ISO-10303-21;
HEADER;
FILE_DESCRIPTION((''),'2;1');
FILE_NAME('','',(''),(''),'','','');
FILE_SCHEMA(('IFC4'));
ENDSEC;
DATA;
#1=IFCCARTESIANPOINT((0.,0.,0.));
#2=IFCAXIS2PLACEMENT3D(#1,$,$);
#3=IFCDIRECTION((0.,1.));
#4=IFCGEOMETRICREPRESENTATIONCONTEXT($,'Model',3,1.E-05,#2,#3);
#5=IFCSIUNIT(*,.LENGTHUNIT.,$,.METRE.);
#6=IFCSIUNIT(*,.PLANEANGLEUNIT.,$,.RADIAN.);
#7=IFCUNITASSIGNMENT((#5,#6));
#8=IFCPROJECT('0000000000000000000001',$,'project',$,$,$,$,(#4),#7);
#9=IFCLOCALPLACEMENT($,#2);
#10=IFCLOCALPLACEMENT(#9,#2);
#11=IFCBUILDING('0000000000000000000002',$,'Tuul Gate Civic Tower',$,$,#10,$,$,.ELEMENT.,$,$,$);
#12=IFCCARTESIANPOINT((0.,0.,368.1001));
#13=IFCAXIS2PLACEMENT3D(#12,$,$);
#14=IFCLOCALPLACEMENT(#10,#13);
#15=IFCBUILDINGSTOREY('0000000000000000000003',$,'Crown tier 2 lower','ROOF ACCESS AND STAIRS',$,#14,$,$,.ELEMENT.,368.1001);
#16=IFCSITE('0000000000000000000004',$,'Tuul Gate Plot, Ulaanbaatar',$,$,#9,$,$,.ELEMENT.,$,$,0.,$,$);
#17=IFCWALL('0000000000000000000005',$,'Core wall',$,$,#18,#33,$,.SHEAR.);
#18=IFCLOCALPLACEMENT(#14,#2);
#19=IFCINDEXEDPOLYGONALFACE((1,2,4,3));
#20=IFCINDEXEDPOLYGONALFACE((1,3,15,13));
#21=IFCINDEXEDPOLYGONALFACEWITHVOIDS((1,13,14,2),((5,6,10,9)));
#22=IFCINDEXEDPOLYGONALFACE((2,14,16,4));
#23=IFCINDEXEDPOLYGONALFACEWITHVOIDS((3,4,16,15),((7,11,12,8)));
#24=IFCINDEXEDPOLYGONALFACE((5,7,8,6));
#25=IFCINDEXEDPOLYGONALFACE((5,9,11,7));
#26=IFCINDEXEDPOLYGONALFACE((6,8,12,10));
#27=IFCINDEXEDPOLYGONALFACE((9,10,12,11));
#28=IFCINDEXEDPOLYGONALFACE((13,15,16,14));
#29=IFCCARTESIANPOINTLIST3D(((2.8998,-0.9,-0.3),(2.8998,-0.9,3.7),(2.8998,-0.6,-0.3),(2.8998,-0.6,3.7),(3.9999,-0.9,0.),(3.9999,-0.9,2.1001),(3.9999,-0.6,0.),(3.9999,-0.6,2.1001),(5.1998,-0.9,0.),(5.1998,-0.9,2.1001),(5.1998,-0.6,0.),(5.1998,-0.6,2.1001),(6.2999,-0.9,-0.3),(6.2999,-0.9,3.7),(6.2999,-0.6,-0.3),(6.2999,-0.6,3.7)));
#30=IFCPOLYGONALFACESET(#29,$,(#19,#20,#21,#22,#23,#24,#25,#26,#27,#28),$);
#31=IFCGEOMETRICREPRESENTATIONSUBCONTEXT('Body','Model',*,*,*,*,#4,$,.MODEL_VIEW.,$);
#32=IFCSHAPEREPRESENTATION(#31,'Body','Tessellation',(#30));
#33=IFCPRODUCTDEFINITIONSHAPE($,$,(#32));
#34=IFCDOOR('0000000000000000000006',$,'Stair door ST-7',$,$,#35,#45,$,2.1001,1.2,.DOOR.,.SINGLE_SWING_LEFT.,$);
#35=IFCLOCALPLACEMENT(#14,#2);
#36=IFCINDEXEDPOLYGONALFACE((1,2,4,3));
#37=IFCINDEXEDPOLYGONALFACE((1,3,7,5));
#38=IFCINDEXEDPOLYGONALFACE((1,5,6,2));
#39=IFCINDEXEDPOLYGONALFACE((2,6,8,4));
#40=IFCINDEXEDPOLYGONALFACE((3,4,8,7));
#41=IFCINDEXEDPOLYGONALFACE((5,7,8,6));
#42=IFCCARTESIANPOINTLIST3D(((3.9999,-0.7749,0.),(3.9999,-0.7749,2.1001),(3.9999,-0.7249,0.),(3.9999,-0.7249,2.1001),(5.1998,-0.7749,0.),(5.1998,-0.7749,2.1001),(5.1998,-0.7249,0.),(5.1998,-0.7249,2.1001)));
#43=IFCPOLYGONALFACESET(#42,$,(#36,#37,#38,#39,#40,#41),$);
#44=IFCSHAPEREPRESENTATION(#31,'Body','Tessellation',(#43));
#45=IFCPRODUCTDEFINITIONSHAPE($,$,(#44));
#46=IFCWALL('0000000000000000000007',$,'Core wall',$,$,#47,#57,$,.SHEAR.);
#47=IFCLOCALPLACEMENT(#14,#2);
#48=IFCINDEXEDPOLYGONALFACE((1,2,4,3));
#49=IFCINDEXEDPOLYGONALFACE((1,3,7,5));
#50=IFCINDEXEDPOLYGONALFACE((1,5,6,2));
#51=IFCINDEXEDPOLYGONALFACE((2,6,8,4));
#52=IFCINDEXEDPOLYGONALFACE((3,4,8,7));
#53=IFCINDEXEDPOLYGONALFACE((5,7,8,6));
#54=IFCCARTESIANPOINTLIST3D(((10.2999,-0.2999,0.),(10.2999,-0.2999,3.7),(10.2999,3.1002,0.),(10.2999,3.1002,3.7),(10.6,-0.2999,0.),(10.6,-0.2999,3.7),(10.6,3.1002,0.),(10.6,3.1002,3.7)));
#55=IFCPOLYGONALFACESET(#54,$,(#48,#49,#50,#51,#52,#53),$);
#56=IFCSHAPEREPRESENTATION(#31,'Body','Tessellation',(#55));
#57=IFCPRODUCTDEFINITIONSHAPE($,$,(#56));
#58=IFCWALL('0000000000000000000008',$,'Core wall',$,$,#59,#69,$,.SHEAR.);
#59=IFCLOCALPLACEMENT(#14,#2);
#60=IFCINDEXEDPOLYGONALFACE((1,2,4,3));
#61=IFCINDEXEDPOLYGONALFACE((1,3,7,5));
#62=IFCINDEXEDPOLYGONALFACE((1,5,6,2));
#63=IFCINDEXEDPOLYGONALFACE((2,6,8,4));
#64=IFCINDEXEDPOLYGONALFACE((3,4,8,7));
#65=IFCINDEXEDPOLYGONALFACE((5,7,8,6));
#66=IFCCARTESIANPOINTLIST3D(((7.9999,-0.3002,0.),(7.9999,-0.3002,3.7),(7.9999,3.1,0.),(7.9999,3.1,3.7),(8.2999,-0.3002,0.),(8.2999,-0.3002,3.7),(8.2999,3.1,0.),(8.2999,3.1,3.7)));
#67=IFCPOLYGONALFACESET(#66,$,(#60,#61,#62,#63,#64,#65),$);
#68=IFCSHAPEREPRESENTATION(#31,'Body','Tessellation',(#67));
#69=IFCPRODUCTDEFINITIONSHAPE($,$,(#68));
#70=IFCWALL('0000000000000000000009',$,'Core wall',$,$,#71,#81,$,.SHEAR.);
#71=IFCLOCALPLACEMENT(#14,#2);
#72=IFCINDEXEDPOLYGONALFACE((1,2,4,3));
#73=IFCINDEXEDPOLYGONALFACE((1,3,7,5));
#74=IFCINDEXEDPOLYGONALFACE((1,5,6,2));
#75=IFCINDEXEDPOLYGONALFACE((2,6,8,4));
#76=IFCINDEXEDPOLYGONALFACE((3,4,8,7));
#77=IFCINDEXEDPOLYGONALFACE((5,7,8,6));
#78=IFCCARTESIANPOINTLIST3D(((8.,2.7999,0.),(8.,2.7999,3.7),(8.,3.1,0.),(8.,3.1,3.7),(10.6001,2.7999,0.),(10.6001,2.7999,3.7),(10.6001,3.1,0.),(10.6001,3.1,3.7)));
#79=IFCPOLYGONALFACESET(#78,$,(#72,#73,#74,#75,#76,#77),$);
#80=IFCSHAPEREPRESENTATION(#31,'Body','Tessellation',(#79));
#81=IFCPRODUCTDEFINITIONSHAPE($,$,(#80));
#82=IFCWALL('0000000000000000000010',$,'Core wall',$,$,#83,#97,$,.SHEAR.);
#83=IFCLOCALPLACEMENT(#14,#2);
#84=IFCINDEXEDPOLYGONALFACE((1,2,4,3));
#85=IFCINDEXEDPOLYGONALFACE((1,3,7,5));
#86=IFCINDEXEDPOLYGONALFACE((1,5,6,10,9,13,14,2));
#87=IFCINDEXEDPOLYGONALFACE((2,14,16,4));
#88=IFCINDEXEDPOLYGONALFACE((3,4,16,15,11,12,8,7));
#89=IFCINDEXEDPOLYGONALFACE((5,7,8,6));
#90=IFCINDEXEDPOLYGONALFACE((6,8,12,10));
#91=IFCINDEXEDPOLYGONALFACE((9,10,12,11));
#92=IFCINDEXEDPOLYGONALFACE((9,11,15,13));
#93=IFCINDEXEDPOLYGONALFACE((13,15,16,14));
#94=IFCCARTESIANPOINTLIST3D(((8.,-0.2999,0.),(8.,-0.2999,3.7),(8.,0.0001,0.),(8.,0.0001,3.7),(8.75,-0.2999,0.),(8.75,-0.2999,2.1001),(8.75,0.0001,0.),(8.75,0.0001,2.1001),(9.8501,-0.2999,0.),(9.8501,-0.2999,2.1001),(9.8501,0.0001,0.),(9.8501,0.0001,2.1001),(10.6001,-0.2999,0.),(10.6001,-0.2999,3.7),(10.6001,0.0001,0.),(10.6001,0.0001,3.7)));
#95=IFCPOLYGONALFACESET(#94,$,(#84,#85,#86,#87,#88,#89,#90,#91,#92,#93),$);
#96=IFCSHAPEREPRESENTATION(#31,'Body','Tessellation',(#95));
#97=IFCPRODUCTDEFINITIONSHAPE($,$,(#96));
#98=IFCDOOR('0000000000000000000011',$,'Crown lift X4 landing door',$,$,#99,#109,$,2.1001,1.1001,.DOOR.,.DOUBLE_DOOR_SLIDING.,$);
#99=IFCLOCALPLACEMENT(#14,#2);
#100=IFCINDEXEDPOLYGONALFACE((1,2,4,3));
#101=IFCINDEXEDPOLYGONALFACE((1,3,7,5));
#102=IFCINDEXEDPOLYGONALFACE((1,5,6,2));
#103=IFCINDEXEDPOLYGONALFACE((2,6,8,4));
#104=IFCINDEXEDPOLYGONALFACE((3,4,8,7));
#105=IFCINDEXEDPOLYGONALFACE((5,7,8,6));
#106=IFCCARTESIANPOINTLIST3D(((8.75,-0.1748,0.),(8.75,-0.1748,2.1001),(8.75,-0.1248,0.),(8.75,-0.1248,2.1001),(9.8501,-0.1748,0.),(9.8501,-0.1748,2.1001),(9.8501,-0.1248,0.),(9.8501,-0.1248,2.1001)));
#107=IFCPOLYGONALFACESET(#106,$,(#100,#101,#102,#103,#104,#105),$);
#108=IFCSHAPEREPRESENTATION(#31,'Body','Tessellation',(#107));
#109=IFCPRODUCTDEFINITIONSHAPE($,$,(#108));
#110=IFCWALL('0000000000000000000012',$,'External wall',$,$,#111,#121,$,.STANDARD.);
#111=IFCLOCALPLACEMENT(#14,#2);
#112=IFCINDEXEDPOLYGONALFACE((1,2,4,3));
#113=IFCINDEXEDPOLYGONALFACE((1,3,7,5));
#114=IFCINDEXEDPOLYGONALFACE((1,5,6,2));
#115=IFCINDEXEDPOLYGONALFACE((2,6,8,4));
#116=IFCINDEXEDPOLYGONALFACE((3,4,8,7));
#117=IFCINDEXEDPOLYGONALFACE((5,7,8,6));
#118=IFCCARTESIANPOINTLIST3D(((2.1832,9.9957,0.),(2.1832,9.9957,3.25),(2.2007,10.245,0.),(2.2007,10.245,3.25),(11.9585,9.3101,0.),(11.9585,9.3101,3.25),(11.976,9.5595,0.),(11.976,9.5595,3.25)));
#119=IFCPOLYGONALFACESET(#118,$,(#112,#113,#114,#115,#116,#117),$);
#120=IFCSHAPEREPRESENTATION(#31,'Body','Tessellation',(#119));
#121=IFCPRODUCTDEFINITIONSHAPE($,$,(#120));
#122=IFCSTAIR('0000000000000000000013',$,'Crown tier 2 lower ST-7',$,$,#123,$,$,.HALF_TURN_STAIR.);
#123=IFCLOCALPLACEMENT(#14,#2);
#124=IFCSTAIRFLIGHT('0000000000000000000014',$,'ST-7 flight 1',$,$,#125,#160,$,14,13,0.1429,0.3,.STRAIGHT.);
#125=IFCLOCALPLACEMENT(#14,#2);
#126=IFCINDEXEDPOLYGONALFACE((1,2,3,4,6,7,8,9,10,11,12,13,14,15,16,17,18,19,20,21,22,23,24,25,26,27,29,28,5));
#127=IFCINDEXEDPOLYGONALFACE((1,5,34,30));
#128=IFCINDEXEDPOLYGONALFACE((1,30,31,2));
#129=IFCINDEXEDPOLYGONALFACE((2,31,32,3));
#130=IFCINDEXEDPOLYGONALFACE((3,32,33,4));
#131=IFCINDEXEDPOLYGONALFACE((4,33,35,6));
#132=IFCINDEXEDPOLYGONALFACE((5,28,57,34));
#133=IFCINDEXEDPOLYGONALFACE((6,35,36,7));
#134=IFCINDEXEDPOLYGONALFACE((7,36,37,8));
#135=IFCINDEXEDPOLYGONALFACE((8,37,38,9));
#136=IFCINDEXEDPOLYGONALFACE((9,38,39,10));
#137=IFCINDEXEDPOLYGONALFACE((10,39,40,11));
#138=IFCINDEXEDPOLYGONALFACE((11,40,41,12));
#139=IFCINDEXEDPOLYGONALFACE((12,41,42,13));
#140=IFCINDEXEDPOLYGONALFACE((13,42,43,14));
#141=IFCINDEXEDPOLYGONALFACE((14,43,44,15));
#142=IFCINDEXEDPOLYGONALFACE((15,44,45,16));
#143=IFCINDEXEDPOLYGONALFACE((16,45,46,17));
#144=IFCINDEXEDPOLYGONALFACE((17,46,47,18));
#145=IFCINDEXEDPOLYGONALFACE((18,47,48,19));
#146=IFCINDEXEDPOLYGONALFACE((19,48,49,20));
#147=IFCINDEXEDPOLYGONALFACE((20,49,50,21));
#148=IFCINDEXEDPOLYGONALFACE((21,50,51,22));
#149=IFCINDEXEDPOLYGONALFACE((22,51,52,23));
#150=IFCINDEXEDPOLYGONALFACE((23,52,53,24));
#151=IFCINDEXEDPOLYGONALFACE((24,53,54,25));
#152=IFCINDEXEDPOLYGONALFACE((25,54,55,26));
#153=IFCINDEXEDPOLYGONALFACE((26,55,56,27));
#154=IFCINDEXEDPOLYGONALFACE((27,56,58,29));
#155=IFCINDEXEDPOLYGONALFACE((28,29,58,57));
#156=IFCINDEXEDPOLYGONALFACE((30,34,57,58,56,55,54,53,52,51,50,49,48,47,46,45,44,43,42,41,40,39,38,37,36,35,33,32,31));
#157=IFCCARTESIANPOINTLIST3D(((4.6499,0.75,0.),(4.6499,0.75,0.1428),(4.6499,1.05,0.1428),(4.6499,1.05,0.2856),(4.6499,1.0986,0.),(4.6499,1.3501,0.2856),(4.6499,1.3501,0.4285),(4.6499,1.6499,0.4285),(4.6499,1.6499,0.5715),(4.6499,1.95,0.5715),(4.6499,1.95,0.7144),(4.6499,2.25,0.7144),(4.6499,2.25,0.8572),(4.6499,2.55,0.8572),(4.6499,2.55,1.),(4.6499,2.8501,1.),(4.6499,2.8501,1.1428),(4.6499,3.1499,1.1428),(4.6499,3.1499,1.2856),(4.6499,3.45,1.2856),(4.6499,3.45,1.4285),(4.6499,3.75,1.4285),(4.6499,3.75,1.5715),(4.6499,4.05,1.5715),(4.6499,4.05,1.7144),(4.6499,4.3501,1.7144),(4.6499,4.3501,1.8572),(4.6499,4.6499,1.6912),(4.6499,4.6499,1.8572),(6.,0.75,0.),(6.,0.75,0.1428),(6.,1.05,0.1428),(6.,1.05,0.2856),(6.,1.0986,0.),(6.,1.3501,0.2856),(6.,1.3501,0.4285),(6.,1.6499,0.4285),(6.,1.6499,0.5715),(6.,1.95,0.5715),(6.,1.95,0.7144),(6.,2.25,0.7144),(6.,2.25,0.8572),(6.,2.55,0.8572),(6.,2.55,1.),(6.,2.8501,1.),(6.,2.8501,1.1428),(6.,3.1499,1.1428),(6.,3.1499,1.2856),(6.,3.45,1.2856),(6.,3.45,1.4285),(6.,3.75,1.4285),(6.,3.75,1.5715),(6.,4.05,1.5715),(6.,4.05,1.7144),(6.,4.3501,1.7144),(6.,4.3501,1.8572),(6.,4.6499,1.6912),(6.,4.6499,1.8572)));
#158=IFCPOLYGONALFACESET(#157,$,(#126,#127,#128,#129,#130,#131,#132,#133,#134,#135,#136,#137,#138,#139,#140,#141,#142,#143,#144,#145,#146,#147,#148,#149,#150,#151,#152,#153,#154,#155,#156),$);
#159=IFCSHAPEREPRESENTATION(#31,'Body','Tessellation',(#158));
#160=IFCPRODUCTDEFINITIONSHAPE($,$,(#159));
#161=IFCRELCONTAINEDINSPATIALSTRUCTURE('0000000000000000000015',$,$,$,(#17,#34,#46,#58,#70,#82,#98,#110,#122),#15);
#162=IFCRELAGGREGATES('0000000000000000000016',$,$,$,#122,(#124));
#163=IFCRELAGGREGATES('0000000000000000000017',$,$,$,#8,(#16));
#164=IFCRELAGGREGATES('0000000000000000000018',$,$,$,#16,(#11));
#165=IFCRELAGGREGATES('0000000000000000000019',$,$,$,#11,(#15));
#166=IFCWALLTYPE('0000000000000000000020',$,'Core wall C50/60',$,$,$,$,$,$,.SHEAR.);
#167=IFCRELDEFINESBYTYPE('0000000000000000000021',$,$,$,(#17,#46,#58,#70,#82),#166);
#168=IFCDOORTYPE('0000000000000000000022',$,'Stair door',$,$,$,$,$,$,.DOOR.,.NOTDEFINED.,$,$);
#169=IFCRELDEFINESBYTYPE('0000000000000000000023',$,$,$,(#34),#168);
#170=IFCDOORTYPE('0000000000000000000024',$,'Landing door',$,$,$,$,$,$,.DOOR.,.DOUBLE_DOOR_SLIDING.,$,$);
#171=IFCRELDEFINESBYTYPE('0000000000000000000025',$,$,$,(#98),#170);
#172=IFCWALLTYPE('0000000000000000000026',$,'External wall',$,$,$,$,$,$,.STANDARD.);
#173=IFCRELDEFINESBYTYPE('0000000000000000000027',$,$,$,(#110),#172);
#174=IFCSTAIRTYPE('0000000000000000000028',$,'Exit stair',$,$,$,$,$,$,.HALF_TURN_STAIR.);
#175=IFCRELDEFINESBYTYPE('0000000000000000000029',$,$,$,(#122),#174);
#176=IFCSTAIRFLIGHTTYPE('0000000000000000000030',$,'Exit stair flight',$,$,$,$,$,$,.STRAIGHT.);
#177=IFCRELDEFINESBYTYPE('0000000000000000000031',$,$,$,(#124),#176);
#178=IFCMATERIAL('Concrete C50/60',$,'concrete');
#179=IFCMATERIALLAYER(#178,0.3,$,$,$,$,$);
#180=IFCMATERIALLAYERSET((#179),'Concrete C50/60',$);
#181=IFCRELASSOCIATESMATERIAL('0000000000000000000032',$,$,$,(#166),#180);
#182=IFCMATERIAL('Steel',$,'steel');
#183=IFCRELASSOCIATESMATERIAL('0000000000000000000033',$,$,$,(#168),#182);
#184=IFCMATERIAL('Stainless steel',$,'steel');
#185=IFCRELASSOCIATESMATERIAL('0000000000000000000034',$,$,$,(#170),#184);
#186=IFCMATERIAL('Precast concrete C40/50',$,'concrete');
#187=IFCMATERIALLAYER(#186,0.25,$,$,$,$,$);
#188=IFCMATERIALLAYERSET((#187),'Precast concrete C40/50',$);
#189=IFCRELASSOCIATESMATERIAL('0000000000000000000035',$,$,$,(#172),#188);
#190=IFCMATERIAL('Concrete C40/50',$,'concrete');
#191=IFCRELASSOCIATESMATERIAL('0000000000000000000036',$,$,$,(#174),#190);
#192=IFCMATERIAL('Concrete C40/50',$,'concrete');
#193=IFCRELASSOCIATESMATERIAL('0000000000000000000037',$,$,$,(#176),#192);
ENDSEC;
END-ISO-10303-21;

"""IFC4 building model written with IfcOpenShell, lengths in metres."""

from ifc_helpers import new_model, si_unit, direction, frame, frame_2d, origin, place, context, subcontext, project, spatial, polyline, rectangle, outline, extrude, material, layer, layer_set, type_object, element, fill, aggregate, save


model = new_model("IFC4")

# Units and contexts
model_context = context("Model", 3, precision=1e-05, world=origin(), true_north=direction((0.0, 1.0)))
body_context = subcontext(model_context, "Body", "Model", "MODEL_VIEW")
ifc_project = project(units=[si_unit("LENGTHUNIT", "METRE"), si_unit("PLANEANGLEUNIT", "RADIAN")], contexts=[model_context])

# Site, building, storey
site_placement = place(None, origin())
site = spatial("IfcSite", under=ifc_project, at=site_placement, Name="Tuul Gate Plot, Ulaanbaatar", CompositionType="ELEMENT", RefElevation=0.0)
building_placement = place(site_placement, origin())
building = spatial("IfcBuilding", under=site, at=building_placement, Name="Tuul Gate Civic Tower", CompositionType="ELEMENT")
storey_placement = place(building_placement, frame((0.0, 0.0, 368.1001)))
storey = spatial("IfcBuildingStorey", under=building, at=storey_placement, Name="Crown tier 2 lower", Description="ROOF ACCESS AND STAIRS", CompositionType="ELEMENT", Elevation=368.1001)

# Shared definitions
ifc_material_1 = material(Name="Concrete C50/60", Category="concrete")
ifc_layer_1 = layer(ifc_material_1, 0.3)
ifc_layer_set_1 = layer_set([ifc_layer_1], Name="Concrete C50/60")
wall_type_1 = type_object("IfcWallType", Name="Core wall C50/60", PredefinedType="SHEAR", material=ifc_layer_set_1)

# Wall, opening, door
wall_1_placement = place(storey_placement, frame((6.3, -0.75, -0.3), z_axis=(0.0, 0.0, 1.0), x_axis=(-1.0, 0.0, 0.0)))
wall_1 = element("IfcWall", 1, at=wall_1_placement, inside=storey, type_object=wall_type_1, Name="Core wall", PredefinedType="SHEAR", context=body_context, shape_type="SweptSolid", body=[
    extrude(rectangle(XDim=3.4001, YDim=0.3, at=frame_2d((1.7002, 0.0))), origin(), (0.0, 0.0, 1.0), 4.0),
])
opening_1_placement = place(wall_1_placement, frame((1.1001, 0.0, 0.3)))
opening_1 = element("IfcOpeningElement", 2, at=opening_1_placement, cuts=wall_1, PredefinedType="OPENING", context=body_context, shape_type="SweptSolid", body=[
    extrude(rectangle(XDim=1.2, YDim=2.1001, at=frame_2d((0.6001, 1.05))), frame((0.0, 0.1602, 0.0), z_axis=(0.0, -1.0, 0.0), x_axis=(1.0, 0.0, 0.0)), (0.0, 0.0, 1.0), 0.3201),
])
ifc_material_2 = material(Name="Steel", Category="steel")
door_type_1 = type_object("IfcDoorType", Name="Stair door", OperationType="NOTDEFINED", PredefinedType="DOOR", material=ifc_material_2)
door_1_placement = place(opening_1_placement, origin())
door_1 = element("IfcDoor", 3, at=door_1_placement, inside=storey, type_object=door_type_1, Name="Stair door ST-7", OperationType="SINGLE_SWING_LEFT", OverallHeight=2.1001, OverallWidth=1.2, PredefinedType="DOOR", context=body_context, shape_type="SweptSolid", body=[
    extrude(rectangle(XDim=1.2, YDim=2.1001, at=frame_2d((0.6001, 1.05))), frame((0.0, 0.0249, 0.0), z_axis=(0.0, -1.0, 0.0), x_axis=(1.0, 0.0, 0.0)), (0.0, 0.0, 1.0), 0.05),
])
fill(opening_1, door_1)

# Walls
for number, where, z_axis, x_axis, name in (
    (4, (10.45, -0.3, 0.0), (0.0, 0.0, 1.0), (0.0, 1.0, 0.0), "Core wall"),
    (5, (8.1499, 3.1001, 0.0), (0.0, 0.0, 1.0), (0.0, -1.0, 0.0), "Core wall"),
):
    element("IfcWall", number, at=place(storey_placement, frame(where, z_axis=z_axis, x_axis=x_axis)), inside=storey, type_object=wall_type_1, Name=name, PredefinedType="SHEAR", context=body_context, shape_type="SweptSolid", body=[
        extrude(rectangle(XDim=3.4001, YDim=0.3, at=frame_2d((1.7002, 0.0))), origin(), (0.0, 0.0, 1.0), 3.7),
    ])
wall_2_placement = place(storey_placement, frame((10.6001, 2.95, 0.0), z_axis=(0.0, 0.0, 1.0), x_axis=(-1.0, 0.0, 0.0)))
element("IfcWall", 6, at=wall_2_placement, inside=storey, type_object=wall_type_1, Name="Core wall", PredefinedType="SHEAR", context=body_context, shape_type="SweptSolid", body=[
    extrude(rectangle(XDim=2.6001, YDim=0.3, at=frame_2d((1.3, 0.0))), origin(), (0.0, 0.0, 1.0), 3.7),
])

# Wall, opening, door
wall_3_placement = place(storey_placement, frame((10.6001, -0.1499, 0.0), z_axis=(0.0, 0.0, 1.0), x_axis=(-1.0, 0.0, 0.0)))
wall_3 = element("IfcWall", 7, at=wall_3_placement, inside=storey, type_object=wall_type_1, Name="Core wall", PredefinedType="SHEAR", context=body_context, shape_type="SweptSolid", body=[
    extrude(rectangle(XDim=2.6001, YDim=0.3, at=frame_2d((1.3, 0.0))), origin(), (0.0, 0.0, 1.0), 3.7),
])
opening_2_placement = place(wall_3_placement, frame((0.75, 0.0, 0.0)))
opening_2 = element("IfcOpeningElement", 8, at=opening_2_placement, cuts=wall_3, PredefinedType="OPENING", context=body_context, shape_type="SweptSolid", body=[
    extrude(rectangle(XDim=1.1001, YDim=2.1001, at=frame_2d((0.55, 1.05))), frame((0.0, 0.1602, 0.0), z_axis=(0.0, -1.0, 0.0), x_axis=(1.0, 0.0, 0.0)), (0.0, 0.0, 1.0), 0.3201),
])
ifc_material_3 = material(Name="Stainless steel", Category="steel")
door_type_2 = type_object("IfcDoorType", Name="Landing door", OperationType="DOUBLE_DOOR_SLIDING", PredefinedType="DOOR", material=ifc_material_3)
door_2_placement = place(opening_2_placement, origin())
door_2 = element("IfcDoor", 9, at=door_2_placement, inside=storey, type_object=door_type_2, Name="Crown lift X4 landing door", OperationType="DOUBLE_DOOR_SLIDING", OverallHeight=2.1001, OverallWidth=1.1001, PredefinedType="DOOR", context=body_context, shape_type="SweptSolid", body=[
    extrude(rectangle(XDim=1.1001, YDim=2.1001, at=frame_2d((0.55, 1.05))), frame((0.0, 0.0249, 0.0), z_axis=(0.0, -1.0, 0.0), x_axis=(1.0, 0.0, 0.0)), (0.0, 0.0, 1.0), 0.05),
])
fill(opening_2, door_2)

# Wall
ifc_material_4 = material(Name="Precast concrete C40/50", Category="concrete")
ifc_layer_2 = layer(ifc_material_4, 0.25)
ifc_layer_set_2 = layer_set([ifc_layer_2], Name="Precast concrete C40/50")
wall_type_2 = type_object("IfcWallType", Name="External wall", PredefinedType="STANDARD", material=ifc_layer_set_2)
wall_4_placement = place(storey_placement, frame((11.9673, 9.4348, 0.0), z_axis=(0.0, 0.0, 1.0), x_axis=(-0.99755, 0.069958, 0.0)))
element("IfcWall", 10, at=wall_4_placement, inside=storey, type_object=wall_type_2, Name="External wall", PredefinedType="STANDARD", context=body_context, shape_type="SweptSolid", body=[
    extrude(rectangle(XDim=9.7993, YDim=0.25, at=frame_2d((4.8997, 0.0))), origin(), (0.0, 0.0, 1.0), 3.25),
])

# Stair, stair flight
ifc_material_5 = material(Name="Concrete C40/50", Category="concrete")
stair_type = type_object("IfcStairType", Name="Exit stair", PredefinedType="HALF_TURN_STAIR", material=ifc_material_5)
stair_placement = place(storey_placement, origin())
stair = element("IfcStair", 11, at=stair_placement, inside=storey, type_object=stair_type, Name="Crown tier 2 lower ST-7", PredefinedType="HALF_TURN_STAIR")
ifc_material_6 = material(Name="Concrete C40/50", Category="concrete")
stair_flight_type = type_object("IfcStairFlightType", Name="Exit stair flight", PredefinedType="STRAIGHT", material=ifc_material_6)
stair_flight_1_placement = place(storey_placement, frame((5.325, 0.75, 0.0), z_axis=(0.0, 0.0, 1.0), x_axis=(0.0, 1.0, 0.0)))
stair_flight_1 = element("IfcStairFlight", 12, at=stair_flight_1_placement, type_object=stair_flight_type, Name="ST-7 flight 1", NumberOfRisers=14, NumberOfTreads=13, PredefinedType="STRAIGHT", RiserHeight=0.1429, TreadLength=0.3, context=body_context, shape_type="SweptSolid", body=[
    extrude(outline(polyline([(0.0, 0.0), (0.0, 0.1428), (0.3, 0.1428), (0.3, 0.2856), (0.6001, 0.2856), (0.6001, 0.4285), (0.8999, 0.4285), (0.8999, 0.5715), (1.2, 0.5715), (1.2, 0.7144), (1.5, 0.7144), (1.5, 0.8572), (1.8, 0.8572), (1.8, 1.0), (2.1001, 1.0), (2.1001, 1.1428), (2.3999, 1.1428), (2.3999, 1.2856), (2.7, 1.2856), (2.7, 1.4285), (3.0, 1.4285), (3.0, 1.5715), (3.3, 1.5715), (3.3, 1.7144), (3.6001, 1.7144), (3.6001, 1.8572), (3.8999, 1.8572), (3.8999, 2.0), (3.8999, 1.6912), (0.3486, 0.0), (0.0, 0.0)])), frame((0.0, 0.675, 0.0), z_axis=(0.0, -1.0, 0.0), x_axis=(1.0, 0.0, 0.0)), (0.0, 0.0, 1.0), 1.3501),
])
aggregate(stair, [stair_flight_1])

save(model, "model.ifc")
